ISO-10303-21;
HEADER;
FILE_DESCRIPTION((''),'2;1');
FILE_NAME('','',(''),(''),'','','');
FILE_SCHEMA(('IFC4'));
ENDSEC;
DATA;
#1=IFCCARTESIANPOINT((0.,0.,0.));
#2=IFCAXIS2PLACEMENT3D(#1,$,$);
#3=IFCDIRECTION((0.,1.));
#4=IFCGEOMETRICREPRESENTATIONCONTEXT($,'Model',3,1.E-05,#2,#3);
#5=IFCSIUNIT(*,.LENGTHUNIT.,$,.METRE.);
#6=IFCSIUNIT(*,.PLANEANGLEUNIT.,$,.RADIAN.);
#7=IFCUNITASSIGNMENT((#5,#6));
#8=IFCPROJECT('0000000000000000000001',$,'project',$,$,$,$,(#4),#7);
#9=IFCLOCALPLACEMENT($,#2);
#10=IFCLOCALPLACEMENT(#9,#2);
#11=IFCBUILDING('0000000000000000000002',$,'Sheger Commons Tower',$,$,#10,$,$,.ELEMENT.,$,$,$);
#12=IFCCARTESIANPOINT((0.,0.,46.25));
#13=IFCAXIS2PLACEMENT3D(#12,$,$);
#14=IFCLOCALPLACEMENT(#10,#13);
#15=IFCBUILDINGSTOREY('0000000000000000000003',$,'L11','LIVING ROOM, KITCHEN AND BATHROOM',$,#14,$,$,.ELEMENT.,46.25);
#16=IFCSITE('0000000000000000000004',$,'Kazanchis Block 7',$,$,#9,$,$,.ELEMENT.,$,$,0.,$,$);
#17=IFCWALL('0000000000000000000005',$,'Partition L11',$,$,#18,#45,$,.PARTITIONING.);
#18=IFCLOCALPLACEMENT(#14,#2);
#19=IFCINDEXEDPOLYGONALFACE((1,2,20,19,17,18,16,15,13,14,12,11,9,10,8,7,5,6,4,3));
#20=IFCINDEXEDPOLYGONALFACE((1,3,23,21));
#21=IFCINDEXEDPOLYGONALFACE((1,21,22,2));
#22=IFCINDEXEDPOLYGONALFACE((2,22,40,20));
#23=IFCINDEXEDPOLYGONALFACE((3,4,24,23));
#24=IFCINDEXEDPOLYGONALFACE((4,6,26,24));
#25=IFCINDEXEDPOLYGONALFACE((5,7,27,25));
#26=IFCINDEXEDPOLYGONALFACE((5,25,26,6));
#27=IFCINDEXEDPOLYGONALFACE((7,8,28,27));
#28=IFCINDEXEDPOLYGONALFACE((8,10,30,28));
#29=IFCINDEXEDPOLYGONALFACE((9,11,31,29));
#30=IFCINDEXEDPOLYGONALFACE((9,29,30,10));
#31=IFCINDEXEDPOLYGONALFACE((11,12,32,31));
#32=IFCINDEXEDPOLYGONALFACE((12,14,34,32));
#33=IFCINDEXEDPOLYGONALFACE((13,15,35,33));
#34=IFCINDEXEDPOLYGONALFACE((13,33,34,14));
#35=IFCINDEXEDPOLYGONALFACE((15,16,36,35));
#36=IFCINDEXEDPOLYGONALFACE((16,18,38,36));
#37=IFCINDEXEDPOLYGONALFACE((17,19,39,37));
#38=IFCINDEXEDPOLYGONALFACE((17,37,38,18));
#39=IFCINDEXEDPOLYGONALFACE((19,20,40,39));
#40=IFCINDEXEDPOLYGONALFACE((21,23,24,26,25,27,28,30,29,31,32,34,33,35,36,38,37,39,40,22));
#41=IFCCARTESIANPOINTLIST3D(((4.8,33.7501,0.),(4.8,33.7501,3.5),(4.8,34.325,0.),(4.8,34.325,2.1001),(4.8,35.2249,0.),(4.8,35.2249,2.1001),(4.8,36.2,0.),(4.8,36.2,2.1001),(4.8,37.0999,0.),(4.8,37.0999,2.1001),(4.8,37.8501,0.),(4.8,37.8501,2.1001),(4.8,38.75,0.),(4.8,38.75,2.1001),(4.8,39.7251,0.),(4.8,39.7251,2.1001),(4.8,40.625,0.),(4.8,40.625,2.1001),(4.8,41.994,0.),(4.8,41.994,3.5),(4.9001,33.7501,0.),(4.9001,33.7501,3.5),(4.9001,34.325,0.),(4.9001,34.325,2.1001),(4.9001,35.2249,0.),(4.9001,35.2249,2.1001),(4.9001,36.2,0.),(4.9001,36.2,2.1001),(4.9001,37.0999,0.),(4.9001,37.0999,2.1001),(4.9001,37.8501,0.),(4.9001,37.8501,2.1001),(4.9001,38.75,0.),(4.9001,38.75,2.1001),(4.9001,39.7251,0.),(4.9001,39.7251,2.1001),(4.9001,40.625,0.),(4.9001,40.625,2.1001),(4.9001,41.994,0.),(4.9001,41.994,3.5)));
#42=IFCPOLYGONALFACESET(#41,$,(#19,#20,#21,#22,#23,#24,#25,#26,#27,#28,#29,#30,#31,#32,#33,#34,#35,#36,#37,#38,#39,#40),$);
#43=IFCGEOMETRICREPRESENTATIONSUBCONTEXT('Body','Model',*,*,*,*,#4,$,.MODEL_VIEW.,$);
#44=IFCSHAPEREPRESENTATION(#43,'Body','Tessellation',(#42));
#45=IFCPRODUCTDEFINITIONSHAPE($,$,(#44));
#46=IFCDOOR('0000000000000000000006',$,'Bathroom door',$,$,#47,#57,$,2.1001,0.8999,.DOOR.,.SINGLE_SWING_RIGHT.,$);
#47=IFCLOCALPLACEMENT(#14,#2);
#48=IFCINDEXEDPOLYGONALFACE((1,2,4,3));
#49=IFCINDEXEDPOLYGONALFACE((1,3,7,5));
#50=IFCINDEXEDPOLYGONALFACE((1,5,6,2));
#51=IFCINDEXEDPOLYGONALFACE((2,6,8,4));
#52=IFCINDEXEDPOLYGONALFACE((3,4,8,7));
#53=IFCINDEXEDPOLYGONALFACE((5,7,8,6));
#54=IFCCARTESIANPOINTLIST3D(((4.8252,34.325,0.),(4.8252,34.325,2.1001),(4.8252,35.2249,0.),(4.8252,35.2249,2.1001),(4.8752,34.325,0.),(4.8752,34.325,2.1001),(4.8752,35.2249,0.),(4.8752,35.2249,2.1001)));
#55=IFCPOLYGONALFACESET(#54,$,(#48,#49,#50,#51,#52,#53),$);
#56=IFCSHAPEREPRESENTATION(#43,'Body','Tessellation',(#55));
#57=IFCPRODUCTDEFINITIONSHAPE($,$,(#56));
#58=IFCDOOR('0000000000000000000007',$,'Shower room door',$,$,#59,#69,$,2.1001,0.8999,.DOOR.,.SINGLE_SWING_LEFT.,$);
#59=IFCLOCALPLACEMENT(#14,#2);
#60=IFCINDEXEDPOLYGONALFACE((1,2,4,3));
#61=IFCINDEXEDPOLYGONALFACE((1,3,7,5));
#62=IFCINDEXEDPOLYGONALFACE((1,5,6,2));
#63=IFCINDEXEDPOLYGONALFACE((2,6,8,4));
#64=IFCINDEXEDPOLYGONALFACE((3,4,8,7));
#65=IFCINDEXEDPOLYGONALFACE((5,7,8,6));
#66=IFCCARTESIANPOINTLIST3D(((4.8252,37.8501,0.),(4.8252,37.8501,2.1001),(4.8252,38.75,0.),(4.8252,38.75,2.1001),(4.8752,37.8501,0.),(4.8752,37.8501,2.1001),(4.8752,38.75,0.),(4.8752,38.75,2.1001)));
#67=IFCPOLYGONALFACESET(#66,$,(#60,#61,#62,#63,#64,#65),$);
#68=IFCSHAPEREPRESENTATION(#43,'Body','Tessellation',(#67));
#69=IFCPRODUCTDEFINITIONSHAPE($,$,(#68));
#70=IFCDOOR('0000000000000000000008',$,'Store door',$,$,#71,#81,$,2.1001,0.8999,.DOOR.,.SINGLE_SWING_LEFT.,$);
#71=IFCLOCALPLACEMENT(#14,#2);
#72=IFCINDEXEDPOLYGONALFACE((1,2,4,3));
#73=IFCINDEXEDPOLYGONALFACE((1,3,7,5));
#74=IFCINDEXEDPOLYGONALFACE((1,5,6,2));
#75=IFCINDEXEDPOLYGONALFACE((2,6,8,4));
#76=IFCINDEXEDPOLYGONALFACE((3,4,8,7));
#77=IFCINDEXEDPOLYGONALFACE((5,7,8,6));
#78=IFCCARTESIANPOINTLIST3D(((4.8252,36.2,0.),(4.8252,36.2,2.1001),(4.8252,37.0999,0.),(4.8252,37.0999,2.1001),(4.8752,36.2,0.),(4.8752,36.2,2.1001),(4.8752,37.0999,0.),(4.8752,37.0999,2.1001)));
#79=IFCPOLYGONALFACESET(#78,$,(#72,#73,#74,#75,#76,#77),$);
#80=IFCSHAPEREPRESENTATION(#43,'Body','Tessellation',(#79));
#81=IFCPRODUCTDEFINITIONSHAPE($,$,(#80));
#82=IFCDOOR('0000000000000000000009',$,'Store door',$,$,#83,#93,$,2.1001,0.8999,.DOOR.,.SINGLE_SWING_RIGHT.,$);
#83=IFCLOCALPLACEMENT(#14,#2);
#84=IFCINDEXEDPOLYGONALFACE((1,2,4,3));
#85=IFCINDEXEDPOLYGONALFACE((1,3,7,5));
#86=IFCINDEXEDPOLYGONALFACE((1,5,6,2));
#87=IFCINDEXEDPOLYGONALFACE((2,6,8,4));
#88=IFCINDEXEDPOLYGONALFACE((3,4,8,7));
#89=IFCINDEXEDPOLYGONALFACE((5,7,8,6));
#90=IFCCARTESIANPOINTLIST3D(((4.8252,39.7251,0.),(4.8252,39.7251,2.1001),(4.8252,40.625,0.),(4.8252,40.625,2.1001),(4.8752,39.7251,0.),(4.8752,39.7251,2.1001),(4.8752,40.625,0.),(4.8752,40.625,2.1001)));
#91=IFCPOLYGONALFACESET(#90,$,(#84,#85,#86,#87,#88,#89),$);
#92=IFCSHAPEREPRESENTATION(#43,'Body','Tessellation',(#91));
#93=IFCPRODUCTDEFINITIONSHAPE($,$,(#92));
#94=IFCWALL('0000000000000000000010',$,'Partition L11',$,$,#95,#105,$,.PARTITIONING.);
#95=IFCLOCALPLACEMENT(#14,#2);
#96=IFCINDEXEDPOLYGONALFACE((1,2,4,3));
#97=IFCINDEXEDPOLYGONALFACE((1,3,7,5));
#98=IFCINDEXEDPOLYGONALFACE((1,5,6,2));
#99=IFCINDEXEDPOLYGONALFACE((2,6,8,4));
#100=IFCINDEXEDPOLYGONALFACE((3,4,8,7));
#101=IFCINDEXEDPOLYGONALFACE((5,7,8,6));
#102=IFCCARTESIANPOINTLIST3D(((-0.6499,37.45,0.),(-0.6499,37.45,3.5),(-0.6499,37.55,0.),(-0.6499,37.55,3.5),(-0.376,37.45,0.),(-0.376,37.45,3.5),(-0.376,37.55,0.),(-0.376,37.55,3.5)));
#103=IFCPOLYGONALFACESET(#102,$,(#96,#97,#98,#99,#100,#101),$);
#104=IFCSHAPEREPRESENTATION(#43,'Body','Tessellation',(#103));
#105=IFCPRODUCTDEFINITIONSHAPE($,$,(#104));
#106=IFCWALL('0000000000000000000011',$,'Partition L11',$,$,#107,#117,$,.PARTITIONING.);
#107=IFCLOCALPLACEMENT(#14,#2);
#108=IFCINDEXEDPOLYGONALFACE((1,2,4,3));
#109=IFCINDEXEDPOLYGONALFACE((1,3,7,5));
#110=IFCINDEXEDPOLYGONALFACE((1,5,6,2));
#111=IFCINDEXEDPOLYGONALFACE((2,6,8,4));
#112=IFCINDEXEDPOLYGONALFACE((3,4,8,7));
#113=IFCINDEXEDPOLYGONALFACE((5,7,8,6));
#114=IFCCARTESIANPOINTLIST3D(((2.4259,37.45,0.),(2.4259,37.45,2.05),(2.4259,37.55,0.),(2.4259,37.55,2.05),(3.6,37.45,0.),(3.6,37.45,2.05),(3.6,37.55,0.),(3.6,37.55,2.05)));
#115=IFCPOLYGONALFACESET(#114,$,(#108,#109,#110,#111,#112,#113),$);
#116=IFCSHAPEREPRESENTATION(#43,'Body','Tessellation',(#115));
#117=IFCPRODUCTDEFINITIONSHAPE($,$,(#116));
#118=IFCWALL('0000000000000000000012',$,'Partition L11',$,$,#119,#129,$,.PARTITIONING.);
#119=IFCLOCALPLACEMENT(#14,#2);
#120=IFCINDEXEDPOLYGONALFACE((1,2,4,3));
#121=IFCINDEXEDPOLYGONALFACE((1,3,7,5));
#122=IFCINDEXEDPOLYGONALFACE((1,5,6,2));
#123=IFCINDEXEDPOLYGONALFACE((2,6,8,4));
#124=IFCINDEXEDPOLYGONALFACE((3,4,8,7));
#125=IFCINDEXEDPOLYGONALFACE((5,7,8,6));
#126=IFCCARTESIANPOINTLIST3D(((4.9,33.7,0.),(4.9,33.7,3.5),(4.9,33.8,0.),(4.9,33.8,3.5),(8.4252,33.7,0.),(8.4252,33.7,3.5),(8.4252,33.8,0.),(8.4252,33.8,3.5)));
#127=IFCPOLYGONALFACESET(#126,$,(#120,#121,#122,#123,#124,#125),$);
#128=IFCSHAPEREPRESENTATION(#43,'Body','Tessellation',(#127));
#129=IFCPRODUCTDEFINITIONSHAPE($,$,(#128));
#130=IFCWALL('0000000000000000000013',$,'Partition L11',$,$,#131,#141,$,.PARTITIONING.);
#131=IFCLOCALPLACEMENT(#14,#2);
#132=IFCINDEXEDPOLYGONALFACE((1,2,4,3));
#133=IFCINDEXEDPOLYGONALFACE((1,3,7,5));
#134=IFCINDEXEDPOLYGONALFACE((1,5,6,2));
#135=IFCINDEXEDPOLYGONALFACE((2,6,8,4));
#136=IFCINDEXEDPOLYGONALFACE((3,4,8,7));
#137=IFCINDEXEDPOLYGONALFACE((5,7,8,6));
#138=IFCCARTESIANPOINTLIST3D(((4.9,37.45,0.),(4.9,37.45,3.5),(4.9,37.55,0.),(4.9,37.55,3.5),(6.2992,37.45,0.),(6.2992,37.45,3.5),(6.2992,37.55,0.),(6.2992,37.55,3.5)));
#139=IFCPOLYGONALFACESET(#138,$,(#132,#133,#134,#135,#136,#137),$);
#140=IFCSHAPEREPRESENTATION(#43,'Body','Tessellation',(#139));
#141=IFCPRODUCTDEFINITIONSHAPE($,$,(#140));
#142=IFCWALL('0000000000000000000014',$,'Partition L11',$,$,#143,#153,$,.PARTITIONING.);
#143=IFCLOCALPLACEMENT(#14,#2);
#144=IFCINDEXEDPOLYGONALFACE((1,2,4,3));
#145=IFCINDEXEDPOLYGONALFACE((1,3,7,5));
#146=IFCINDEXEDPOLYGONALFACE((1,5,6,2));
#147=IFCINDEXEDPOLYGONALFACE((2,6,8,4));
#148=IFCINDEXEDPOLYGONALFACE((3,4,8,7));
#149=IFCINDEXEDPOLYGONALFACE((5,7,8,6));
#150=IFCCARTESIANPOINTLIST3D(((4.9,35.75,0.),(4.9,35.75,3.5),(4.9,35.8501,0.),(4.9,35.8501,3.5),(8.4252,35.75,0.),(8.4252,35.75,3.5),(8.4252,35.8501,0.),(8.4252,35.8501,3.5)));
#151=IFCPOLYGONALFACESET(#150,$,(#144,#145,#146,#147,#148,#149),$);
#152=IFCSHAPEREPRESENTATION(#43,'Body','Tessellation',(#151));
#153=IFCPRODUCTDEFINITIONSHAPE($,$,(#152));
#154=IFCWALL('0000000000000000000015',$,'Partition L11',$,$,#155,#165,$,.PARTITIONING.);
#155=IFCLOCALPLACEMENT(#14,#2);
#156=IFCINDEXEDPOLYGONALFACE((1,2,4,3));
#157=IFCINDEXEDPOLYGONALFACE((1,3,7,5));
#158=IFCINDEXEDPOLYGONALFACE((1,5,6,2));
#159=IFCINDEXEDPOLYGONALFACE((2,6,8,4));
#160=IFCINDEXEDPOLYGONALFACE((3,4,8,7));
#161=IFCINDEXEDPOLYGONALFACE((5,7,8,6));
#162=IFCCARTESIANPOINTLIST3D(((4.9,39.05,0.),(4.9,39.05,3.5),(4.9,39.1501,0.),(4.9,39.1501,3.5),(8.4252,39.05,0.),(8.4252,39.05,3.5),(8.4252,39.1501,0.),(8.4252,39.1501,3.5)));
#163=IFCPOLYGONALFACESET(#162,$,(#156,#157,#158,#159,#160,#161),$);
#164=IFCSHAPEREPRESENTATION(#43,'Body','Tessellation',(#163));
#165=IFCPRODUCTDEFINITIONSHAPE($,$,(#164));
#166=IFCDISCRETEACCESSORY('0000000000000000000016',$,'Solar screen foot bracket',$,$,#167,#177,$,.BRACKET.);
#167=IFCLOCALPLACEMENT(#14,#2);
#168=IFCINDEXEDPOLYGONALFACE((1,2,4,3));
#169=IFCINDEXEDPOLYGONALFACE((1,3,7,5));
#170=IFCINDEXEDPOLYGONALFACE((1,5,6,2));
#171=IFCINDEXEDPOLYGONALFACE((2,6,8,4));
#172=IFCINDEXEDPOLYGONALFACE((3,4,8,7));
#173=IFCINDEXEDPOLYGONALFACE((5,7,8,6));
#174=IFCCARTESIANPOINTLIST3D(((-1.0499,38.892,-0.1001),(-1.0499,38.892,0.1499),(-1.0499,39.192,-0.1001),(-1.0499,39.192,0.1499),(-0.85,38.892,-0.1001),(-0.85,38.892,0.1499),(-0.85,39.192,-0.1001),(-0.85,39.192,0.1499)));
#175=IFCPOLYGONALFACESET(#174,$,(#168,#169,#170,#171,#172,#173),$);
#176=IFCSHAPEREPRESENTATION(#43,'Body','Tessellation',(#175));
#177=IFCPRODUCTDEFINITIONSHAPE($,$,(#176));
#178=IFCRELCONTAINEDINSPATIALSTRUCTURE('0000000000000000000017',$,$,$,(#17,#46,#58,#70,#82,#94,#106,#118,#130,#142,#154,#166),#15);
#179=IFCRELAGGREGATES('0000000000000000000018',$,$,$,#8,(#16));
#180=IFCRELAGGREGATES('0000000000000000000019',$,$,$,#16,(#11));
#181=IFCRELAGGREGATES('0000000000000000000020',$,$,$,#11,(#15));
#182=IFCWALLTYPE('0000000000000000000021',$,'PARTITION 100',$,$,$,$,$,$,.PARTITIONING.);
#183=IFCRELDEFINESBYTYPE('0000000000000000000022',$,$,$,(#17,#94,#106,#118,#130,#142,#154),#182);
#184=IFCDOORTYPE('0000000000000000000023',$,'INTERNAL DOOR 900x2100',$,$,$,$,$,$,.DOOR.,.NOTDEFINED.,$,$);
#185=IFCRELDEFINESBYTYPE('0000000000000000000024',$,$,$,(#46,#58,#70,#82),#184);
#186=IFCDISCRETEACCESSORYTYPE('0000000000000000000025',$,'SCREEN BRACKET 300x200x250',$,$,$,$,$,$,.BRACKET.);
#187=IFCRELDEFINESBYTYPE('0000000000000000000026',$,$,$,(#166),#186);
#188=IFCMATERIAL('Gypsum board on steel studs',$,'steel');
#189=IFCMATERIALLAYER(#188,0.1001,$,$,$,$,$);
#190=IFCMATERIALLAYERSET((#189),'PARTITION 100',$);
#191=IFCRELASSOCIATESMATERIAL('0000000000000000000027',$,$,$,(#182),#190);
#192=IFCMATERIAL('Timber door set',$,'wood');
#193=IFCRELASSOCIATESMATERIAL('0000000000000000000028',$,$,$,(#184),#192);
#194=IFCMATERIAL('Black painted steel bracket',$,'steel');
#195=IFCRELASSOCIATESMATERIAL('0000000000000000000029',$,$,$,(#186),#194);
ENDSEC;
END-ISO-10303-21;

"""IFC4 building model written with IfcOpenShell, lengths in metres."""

from ifc_helpers import new_model, si_unit, direction, frame, frame_2d, origin, origin_2d, place, context, subcontext, project, spatial, rectangle, extrude, material, layer, layer_set, type_object, element, fill, save


model = new_model("IFC4")

# Units and contexts
model_context = context("Model", 3, precision=1e-05, world=origin(), true_north=direction((0.0, 1.0)))
body_context = subcontext(model_context, "Body", "Model", "MODEL_VIEW")
ifc_project = project(units=[si_unit("LENGTHUNIT", "METRE"), si_unit("PLANEANGLEUNIT", "RADIAN")], contexts=[model_context])

# Site, building, storey
site_placement = place(None, origin())
site = spatial("IfcSite", under=ifc_project, at=site_placement, Name="Kazanchis Block 7", CompositionType="ELEMENT", RefElevation=0.0)
building_placement = place(site_placement, origin())
building = spatial("IfcBuilding", under=site, at=building_placement, Name="Sheger Commons Tower", CompositionType="ELEMENT")
storey_placement = place(building_placement, frame((0.0, 0.0, 46.25)))
storey = spatial("IfcBuildingStorey", under=building, at=storey_placement, Name="L11", Description="LIVING ROOM, KITCHEN AND BATHROOM", CompositionType="ELEMENT", Elevation=46.25)

# Wall, openings, doors
ifc_material_1 = material(Name="Gypsum board on steel studs", Category="steel")
ifc_layer_1 = layer(ifc_material_1, 0.1001)
ifc_layer_set_1 = layer_set([ifc_layer_1], Name="PARTITION 100")
wall_type = type_object("IfcWallType", Name="PARTITION 100", PredefinedType="PARTITIONING", material=ifc_layer_set_1)
ifc_material_2 = material(Name="Timber door set", Category="wood")
door_type = type_object("IfcDoorType", Name="INTERNAL DOOR 900x2100", OperationType="NOTDEFINED", PredefinedType="DOOR", material=ifc_material_2)
wall_1_placement = place(storey_placement, frame((4.8501, 33.75, 0.0), z_axis=(0.0, 0.0, 1.0), x_axis=(0.0, 1.0, 0.0)))
wall_1 = element("IfcWall", 1, at=wall_1_placement, inside=storey, type_object=wall_type, Name="Partition L11", PredefinedType="PARTITIONING", context=body_context, shape_type="SweptSolid", body=[
    extrude(rectangle(XDim=8.2439, YDim=0.1001, at=frame_2d((4.1221, 0.0))), origin(), (0.0, 0.0, 1.0), 3.5),
])
opening_1_placement = place(wall_1_placement, frame((0.575, 0.0, 0.0)))
opening_1 = element("IfcOpeningElement", 2, at=opening_1_placement, cuts=wall_1, PredefinedType="OPENING", context=body_context, shape_type="SweptSolid", body=[
    extrude(rectangle(XDim=0.8999, YDim=2.1001, at=frame_2d((0.45, 1.05))), frame((0.0, 0.0601, 0.0), z_axis=(0.0, -1.0, 0.0), x_axis=(1.0, 0.0, 0.0)), (0.0, 0.0, 1.0), 0.1201),
])
opening_2_placement = place(wall_1_placement, frame((4.1001, 0.0, 0.0)))
opening_2 = element("IfcOpeningElement", 3, at=opening_2_placement, cuts=wall_1, PredefinedType="OPENING", context=body_context, shape_type="SweptSolid", body=[
    extrude(rectangle(XDim=0.8999, YDim=2.1001, at=frame_2d((0.45, 1.05))), frame((0.0, 0.0601, 0.0), z_axis=(0.0, -1.0, 0.0), x_axis=(1.0, 0.0, 0.0)), (0.0, 0.0, 1.0), 0.1201),
])
opening_3_placement = place(wall_1_placement, frame((2.45, 0.0, 0.0)))
opening_3 = element("IfcOpeningElement", 4, at=opening_3_placement, cuts=wall_1, PredefinedType="OPENING", context=body_context, shape_type="SweptSolid", body=[
    extrude(rectangle(XDim=0.8999, YDim=2.1001, at=frame_2d((0.45, 1.05))), frame((0.0, 0.0601, 0.0), z_axis=(0.0, -1.0, 0.0), x_axis=(1.0, 0.0, 0.0)), (0.0, 0.0, 1.0), 0.1201),
])
opening_4_placement = place(wall_1_placement, frame((5.9751, 0.0, 0.0)))
opening_4 = element("IfcOpeningElement", 5, at=opening_4_placement, cuts=wall_1, PredefinedType="OPENING", context=body_context, shape_type="SweptSolid", body=[
    extrude(rectangle(XDim=0.8999, YDim=2.1001, at=frame_2d((0.45, 1.05))), frame((0.0, 0.0601, 0.0), z_axis=(0.0, -1.0, 0.0), x_axis=(1.0, 0.0, 0.0)), (0.0, 0.0, 1.0), 0.1201),
])
door_1_placement = place(opening_1_placement, origin())
door_1 = element("IfcDoor", 6, at=door_1_placement, inside=storey, type_object=door_type, Name="Bathroom door", OperationType="SINGLE_SWING_RIGHT", OverallHeight=2.1001, OverallWidth=0.8999, PredefinedType="DOOR", context=body_context, shape_type="SweptSolid", body=[
    extrude(rectangle(XDim=0.8999, YDim=2.1001, at=frame_2d((0.45, 1.05))), frame((0.0, 0.0249, 0.0), z_axis=(0.0, -1.0, 0.0), x_axis=(1.0, 0.0, 0.0)), (0.0, 0.0, 1.0), 0.05),
])
fill(opening_1, door_1)
door_2_placement = place(opening_2_placement, origin())
door_2 = element("IfcDoor", 7, at=door_2_placement, inside=storey, type_object=door_type, Name="Shower room door", OperationType="SINGLE_SWING_LEFT", OverallHeight=2.1001, OverallWidth=0.8999, PredefinedType="DOOR", context=body_context, shape_type="SweptSolid", body=[
    extrude(rectangle(XDim=0.8999, YDim=2.1001, at=frame_2d((0.45, 1.05))), frame((0.0, 0.0249, 0.0), z_axis=(0.0, -1.0, 0.0), x_axis=(1.0, 0.0, 0.0)), (0.0, 0.0, 1.0), 0.05),
])
fill(opening_2, door_2)
door_3_placement = place(opening_3_placement, origin())
door_3 = element("IfcDoor", 8, at=door_3_placement, inside=storey, type_object=door_type, Name="Store door", OperationType="SINGLE_SWING_LEFT", OverallHeight=2.1001, OverallWidth=0.8999, PredefinedType="DOOR", context=body_context, shape_type="SweptSolid", body=[
    extrude(rectangle(XDim=0.8999, YDim=2.1001, at=frame_2d((0.45, 1.05))), frame((0.0, 0.0249, 0.0), z_axis=(0.0, -1.0, 0.0), x_axis=(1.0, 0.0, 0.0)), (0.0, 0.0, 1.0), 0.05),
])
fill(opening_3, door_3)
door_4_placement = place(opening_4_placement, origin())
door_4 = element("IfcDoor", 9, at=door_4_placement, inside=storey, type_object=door_type, Name="Store door", OperationType="SINGLE_SWING_RIGHT", OverallHeight=2.1001, OverallWidth=0.8999, PredefinedType="DOOR", context=body_context, shape_type="SweptSolid", body=[
    extrude(rectangle(XDim=0.8999, YDim=2.1001, at=frame_2d((0.45, 1.05))), frame((0.0, 0.0249, 0.0), z_axis=(0.0, -1.0, 0.0), x_axis=(1.0, 0.0, 0.0)), (0.0, 0.0, 1.0), 0.05),
])
fill(opening_4, door_4)

# Walls
wall_2_placement = place(storey_placement, frame((-0.6499, 37.5, 0.0), z_axis=(0.0, 0.0, 1.0), x_axis=(1.0, 0.0, 0.0)))
element("IfcWall", 10, at=wall_2_placement, inside=storey, type_object=wall_type, Name="Partition L11", PredefinedType="PARTITIONING", context=body_context, shape_type="SweptSolid", body=[
    extrude(rectangle(XDim=0.2739, YDim=0.1001, at=frame_2d((0.137, 0.0))), origin(), (0.0, 0.0, 1.0), 3.5),
])
wall_3_placement = place(storey_placement, frame((2.426, 37.5, 0.0), z_axis=(0.0, 0.0, 1.0), x_axis=(1.0, 0.0, 0.0)))
element("IfcWall", 11, at=wall_3_placement, inside=storey, type_object=wall_type, Name="Partition L11", PredefinedType="PARTITIONING", context=body_context, shape_type="SweptSolid", body=[
    extrude(rectangle(XDim=1.1741, YDim=0.1001, at=frame_2d((0.5869, 0.0))), origin(), (0.0, 0.0, 1.0), 2.05),
])
wall_4_placement = place(storey_placement, frame((4.8999, 33.75, 0.0), z_axis=(0.0, 0.0, 1.0), x_axis=(1.0, 0.0, 0.0)))
element("IfcWall", 12, at=wall_4_placement, inside=storey, type_object=wall_type, Name="Partition L11", PredefinedType="PARTITIONING", context=body_context, shape_type="SweptSolid", body=[
    extrude(rectangle(XDim=3.5251, YDim=0.1001, at=frame_2d((1.7627, 0.0))), origin(), (0.0, 0.0, 1.0), 3.5),
])
wall_5_placement = place(storey_placement, frame((4.8999, 37.5, 0.0), z_axis=(0.0, 0.0, 1.0), x_axis=(1.0, 0.0, 0.0)))
element("IfcWall", 13, at=wall_5_placement, inside=storey, type_object=wall_type, Name="Partition L11", PredefinedType="PARTITIONING", context=body_context, shape_type="SweptSolid", body=[
    extrude(rectangle(XDim=1.3992, YDim=0.1001, at=frame_2d((0.6997, 0.0))), origin(), (0.0, 0.0, 1.0), 3.5),
])
for number, where, z_axis, x_axis, name in (
    (14, (4.8999, 35.8, 0.0), (0.0, 0.0, 1.0), (1.0, 0.0, 0.0), "Partition L11"),
    (15, (4.8999, 39.1001, 0.0), (0.0, 0.0, 1.0), (1.0, 0.0, 0.0), "Partition L11"),
):
    element("IfcWall", number, at=place(storey_placement, frame(where, z_axis=z_axis, x_axis=x_axis)), inside=storey, type_object=wall_type, Name=name, PredefinedType="PARTITIONING", context=body_context, shape_type="SweptSolid", body=[
        extrude(rectangle(XDim=3.5251, YDim=0.1001, at=frame_2d((1.7627, 0.0))), origin(), (0.0, 0.0, 1.0), 3.5),
    ])

# Discrete accessory
ifc_material_3 = material(Name="Black painted steel bracket", Category="steel")
discrete_accessory_type = type_object("IfcDiscreteAccessoryType", Name="SCREEN BRACKET 300x200x250", PredefinedType="BRACKET", material=ifc_material_3)
for number, where, z_axis, x_axis, name in (
    (16, (-0.95, 39.042, -0.1001), (0.0, 0.0, 1.0), (0.0, -1.0, 0.0), "Solar screen foot bracket"),
):
    element("IfcDiscreteAccessory", number, at=place(storey_placement, frame(where, z_axis=z_axis, x_axis=x_axis)), inside=storey, type_object=discrete_accessory_type, Name=name, PredefinedType="BRACKET", context=body_context, shape_type="SweptSolid", body=[
        extrude(rectangle(XDim=0.3, YDim=0.2, at=origin_2d()), origin(), (0.0, 0.0, 1.0), 0.25),
    ])

save(model, "model.ifc")
